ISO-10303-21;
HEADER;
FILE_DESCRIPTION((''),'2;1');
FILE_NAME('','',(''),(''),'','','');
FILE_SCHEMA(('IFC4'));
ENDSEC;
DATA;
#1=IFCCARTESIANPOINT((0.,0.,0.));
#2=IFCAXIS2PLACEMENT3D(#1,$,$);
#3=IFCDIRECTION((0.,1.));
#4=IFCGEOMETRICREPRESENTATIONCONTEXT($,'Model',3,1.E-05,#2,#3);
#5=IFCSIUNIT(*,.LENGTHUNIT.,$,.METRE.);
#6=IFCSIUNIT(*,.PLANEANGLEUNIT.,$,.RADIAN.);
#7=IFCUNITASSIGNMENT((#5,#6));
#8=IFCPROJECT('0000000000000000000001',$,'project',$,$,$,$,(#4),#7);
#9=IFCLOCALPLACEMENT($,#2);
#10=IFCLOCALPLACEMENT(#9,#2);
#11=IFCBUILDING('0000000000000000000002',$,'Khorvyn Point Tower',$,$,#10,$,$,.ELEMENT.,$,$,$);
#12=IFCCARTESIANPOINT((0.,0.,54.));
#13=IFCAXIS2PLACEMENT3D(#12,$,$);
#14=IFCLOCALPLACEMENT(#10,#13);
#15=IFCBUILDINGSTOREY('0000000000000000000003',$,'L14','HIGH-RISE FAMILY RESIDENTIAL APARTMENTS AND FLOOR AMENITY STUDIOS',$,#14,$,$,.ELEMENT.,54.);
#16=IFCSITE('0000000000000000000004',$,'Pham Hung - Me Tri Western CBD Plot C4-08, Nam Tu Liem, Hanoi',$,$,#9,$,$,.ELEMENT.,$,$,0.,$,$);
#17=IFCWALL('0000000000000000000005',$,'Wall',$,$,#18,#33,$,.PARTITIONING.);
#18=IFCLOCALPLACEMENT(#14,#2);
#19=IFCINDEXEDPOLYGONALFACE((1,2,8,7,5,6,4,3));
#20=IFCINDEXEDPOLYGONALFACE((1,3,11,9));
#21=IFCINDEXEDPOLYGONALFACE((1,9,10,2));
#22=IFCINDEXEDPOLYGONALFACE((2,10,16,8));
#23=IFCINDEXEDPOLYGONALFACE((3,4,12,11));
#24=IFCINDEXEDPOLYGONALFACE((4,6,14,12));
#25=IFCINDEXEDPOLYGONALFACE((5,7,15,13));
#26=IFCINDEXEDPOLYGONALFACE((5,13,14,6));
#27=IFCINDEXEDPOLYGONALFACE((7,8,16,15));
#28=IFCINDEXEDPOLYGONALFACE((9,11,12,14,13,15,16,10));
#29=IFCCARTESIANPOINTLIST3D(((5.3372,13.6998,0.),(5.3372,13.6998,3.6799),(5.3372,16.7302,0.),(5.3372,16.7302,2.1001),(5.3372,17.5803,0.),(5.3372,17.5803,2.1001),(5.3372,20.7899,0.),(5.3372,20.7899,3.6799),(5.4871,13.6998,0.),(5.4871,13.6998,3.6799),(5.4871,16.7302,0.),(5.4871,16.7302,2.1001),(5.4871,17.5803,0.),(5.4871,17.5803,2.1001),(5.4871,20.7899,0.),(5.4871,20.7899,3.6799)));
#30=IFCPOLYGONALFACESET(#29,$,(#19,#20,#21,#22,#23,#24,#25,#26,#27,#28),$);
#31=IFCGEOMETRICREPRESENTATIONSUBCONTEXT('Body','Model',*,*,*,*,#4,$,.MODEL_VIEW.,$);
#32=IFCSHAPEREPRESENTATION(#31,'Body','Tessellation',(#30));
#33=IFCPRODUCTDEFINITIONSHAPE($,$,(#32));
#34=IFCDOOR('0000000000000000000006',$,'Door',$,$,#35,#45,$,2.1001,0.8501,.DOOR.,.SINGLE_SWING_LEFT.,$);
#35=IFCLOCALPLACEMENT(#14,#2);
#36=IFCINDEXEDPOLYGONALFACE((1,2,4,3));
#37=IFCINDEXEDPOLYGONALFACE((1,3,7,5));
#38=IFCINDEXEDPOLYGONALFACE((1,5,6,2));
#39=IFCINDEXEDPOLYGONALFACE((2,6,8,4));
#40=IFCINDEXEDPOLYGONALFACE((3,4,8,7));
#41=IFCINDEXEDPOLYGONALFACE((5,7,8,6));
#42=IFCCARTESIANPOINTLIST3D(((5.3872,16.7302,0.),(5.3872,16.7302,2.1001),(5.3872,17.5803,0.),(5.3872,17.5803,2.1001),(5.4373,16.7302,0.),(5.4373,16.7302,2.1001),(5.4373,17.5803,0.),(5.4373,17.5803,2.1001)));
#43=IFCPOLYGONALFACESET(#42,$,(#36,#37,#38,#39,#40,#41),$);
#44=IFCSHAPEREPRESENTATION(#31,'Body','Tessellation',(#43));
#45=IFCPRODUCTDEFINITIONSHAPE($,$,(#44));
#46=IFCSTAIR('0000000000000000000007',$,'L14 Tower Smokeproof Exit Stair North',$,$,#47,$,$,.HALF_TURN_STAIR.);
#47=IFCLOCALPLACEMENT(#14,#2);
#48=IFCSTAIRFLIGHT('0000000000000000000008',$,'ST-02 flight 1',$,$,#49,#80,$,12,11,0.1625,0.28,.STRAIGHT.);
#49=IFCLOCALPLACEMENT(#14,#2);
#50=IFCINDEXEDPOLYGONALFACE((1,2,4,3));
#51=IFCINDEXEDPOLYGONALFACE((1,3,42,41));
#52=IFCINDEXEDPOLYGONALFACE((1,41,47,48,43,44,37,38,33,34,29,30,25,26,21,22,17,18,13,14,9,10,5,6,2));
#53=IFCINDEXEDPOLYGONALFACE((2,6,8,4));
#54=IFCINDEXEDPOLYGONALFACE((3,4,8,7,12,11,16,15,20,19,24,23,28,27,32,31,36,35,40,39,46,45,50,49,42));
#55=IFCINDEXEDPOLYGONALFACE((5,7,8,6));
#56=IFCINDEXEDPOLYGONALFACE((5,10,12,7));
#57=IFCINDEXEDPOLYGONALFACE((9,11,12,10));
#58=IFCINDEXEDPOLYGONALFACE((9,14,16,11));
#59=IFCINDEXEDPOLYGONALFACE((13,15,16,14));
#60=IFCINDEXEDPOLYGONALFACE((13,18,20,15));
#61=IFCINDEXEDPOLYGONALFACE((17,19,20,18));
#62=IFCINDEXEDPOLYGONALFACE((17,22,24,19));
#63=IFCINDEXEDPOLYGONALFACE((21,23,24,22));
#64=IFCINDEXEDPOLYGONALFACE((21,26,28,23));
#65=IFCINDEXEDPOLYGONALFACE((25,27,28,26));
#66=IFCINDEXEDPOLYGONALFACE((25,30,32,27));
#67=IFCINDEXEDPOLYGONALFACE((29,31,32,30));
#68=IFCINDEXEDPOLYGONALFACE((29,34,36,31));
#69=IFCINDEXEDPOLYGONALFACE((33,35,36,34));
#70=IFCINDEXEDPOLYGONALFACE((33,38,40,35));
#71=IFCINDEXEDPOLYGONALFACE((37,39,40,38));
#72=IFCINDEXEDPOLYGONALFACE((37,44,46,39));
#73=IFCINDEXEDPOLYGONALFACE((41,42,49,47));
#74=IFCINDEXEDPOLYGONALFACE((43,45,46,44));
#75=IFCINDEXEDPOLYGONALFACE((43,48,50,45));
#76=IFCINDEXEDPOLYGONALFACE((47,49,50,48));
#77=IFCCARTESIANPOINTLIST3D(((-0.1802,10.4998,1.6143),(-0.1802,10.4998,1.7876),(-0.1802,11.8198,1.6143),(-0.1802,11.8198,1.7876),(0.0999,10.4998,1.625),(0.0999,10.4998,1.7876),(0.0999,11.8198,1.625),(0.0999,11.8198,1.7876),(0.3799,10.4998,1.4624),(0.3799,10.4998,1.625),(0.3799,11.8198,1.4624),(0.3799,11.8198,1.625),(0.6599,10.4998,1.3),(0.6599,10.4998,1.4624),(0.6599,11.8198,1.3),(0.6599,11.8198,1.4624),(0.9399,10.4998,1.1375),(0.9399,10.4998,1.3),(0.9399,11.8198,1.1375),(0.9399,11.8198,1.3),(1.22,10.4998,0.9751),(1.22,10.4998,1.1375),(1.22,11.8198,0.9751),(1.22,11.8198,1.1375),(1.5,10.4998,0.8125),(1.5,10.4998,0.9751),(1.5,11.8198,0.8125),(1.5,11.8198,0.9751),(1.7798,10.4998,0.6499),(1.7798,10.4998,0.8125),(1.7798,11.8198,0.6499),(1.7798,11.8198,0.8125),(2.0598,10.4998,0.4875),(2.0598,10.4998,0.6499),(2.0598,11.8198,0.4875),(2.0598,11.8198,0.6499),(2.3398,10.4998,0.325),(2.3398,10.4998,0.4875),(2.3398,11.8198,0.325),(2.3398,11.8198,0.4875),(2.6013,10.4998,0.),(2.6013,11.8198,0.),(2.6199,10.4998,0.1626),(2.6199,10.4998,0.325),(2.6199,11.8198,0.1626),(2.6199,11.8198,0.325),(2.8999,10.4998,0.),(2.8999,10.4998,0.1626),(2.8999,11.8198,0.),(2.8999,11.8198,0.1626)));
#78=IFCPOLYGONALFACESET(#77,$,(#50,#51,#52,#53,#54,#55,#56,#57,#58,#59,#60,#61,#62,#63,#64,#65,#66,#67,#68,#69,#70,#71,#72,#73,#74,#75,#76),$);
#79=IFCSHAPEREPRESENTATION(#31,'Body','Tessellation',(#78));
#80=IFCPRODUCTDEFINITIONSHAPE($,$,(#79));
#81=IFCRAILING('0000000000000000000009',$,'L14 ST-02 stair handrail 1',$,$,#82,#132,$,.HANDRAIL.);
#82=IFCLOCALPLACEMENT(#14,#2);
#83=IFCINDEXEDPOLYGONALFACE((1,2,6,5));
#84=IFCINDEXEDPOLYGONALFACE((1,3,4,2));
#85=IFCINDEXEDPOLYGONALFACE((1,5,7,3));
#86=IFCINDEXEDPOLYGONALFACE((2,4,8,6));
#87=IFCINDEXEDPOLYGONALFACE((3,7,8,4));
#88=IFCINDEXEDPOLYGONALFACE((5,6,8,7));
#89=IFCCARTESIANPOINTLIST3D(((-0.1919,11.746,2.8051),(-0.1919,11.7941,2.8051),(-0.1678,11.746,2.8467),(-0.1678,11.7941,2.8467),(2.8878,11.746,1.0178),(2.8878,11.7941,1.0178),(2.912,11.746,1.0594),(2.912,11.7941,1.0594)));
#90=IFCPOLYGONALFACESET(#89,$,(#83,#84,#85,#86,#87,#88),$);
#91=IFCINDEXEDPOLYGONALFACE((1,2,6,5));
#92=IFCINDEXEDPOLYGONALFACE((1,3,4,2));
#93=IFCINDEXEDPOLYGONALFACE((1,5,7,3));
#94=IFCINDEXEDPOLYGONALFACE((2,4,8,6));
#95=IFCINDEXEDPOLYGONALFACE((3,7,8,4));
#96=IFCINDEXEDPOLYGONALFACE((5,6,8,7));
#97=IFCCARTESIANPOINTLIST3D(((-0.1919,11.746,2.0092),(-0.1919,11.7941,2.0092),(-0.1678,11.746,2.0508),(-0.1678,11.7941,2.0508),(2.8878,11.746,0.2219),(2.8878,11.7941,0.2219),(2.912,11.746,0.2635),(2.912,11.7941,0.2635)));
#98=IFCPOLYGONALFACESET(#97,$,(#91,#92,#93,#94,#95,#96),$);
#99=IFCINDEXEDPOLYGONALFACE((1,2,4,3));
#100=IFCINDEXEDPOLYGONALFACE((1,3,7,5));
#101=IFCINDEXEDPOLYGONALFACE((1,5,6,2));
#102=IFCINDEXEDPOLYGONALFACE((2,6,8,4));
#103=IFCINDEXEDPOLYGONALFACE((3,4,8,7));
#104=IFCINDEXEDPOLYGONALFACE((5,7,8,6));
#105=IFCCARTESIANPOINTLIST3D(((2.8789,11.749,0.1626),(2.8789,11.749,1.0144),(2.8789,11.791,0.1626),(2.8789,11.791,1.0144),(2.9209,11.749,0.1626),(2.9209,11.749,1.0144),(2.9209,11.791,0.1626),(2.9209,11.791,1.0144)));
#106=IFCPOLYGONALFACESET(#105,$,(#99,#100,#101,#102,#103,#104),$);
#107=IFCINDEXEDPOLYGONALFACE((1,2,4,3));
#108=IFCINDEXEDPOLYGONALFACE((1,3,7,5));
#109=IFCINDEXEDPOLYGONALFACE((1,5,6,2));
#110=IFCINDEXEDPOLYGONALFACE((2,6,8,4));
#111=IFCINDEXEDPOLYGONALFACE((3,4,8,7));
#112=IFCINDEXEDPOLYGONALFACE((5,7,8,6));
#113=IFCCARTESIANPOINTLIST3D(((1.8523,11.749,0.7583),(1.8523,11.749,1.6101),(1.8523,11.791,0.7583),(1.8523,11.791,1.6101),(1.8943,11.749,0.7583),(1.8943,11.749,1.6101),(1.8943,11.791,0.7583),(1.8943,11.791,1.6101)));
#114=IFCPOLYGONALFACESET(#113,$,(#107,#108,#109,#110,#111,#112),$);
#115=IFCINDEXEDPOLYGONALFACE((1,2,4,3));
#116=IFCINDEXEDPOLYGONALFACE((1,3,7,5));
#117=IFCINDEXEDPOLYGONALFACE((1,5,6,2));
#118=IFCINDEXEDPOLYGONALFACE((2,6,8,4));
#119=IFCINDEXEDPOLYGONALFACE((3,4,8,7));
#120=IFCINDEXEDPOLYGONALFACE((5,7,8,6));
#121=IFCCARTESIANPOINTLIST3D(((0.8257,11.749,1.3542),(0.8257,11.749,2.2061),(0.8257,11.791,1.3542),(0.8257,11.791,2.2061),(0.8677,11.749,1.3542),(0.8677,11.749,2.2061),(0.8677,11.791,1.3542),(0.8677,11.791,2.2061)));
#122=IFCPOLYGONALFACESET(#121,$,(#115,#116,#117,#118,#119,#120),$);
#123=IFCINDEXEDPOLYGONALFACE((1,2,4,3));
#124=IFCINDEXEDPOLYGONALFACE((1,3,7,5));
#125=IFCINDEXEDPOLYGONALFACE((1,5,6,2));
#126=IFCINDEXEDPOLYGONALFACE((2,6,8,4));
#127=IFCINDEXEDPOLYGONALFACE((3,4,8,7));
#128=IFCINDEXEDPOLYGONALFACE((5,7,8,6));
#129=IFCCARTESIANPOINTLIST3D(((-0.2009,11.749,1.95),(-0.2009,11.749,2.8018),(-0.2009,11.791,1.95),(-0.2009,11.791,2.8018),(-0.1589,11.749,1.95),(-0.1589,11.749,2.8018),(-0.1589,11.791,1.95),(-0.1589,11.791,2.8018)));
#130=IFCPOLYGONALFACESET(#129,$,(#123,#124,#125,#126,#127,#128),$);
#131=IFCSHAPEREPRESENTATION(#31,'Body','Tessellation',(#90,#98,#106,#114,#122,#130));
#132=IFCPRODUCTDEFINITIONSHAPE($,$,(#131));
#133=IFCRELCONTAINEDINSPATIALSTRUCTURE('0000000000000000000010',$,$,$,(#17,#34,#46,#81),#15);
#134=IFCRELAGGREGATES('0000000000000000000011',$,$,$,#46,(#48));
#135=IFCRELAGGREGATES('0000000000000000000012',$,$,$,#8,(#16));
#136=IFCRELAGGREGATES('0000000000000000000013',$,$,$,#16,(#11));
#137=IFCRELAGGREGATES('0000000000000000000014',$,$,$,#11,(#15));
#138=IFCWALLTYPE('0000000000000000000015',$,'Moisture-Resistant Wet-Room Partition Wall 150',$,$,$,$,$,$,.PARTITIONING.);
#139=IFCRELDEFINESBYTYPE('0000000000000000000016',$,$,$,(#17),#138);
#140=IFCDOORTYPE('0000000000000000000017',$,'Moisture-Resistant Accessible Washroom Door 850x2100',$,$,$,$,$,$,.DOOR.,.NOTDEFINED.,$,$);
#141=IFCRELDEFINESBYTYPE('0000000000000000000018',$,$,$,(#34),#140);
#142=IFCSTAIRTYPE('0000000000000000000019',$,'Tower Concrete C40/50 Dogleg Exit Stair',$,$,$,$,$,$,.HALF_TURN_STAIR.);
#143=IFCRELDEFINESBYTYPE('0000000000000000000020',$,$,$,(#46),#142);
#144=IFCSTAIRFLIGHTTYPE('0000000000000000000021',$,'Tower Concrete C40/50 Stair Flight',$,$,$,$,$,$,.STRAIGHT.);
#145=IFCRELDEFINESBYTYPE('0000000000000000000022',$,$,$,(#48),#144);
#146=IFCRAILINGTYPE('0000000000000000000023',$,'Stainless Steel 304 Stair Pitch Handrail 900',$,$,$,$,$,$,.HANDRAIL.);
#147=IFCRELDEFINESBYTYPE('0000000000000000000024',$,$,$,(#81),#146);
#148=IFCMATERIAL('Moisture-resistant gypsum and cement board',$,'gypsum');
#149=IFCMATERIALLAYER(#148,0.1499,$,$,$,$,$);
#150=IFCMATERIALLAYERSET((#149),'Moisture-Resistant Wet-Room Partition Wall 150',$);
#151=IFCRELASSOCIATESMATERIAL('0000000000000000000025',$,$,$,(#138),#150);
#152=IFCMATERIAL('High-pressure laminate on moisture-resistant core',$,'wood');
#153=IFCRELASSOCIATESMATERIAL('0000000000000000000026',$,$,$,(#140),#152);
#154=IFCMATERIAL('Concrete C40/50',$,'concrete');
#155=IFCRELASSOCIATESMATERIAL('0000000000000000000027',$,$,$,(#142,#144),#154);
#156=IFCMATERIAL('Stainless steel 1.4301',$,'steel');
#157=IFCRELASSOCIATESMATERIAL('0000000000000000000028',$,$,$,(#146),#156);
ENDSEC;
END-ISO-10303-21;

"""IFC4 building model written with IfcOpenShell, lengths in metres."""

from ifc_helpers import new_model, si_unit, direction, frame, frame_2d, origin, origin_2d, place, context, subcontext, project, spatial, polyline, rectangle, outline, extrude, material, layer, layer_set, type_object, element, fill, aggregate, save


model = new_model("IFC4")

# Units and contexts
model_context = context("Model", 3, precision=1e-05, world=origin(), true_north=direction((0.0, 1.0)))
body_context = subcontext(model_context, "Body", "Model", "MODEL_VIEW")
ifc_project = project(units=[si_unit("LENGTHUNIT", "METRE"), si_unit("PLANEANGLEUNIT", "RADIAN")], contexts=[model_context])

# Site, building, storey
site_placement = place(None, origin())
site = spatial("IfcSite", under=ifc_project, at=site_placement, Name="Pham Hung - Me Tri Western CBD Plot C4-08, Nam Tu Liem, Hanoi", CompositionType="ELEMENT", RefElevation=0.0)
building_placement = place(site_placement, origin())
building = spatial("IfcBuilding", under=site, at=building_placement, Name="Khorvyn Point Tower", CompositionType="ELEMENT")
storey_placement = place(building_placement, frame((0.0, 0.0, 54.0)))
storey = spatial("IfcBuildingStorey", under=building, at=storey_placement, Name="L14", Description="HIGH-RISE FAMILY RESIDENTIAL APARTMENTS AND FLOOR AMENITY STUDIOS", CompositionType="ELEMENT", Elevation=54.0)

# Wall, opening, door
ifc_material_1 = material(Name="Concrete C40/50", Category="concrete")
ifc_material_2 = material(Name="Moisture-resistant gypsum and cement board", Category="gypsum")
ifc_layer_1 = layer(ifc_material_2, 0.1499)
ifc_layer_set_1 = layer_set([ifc_layer_1], Name="Moisture-Resistant Wet-Room Partition Wall 150")
wall_type_1 = type_object("IfcWallType", Name="Moisture-Resistant Wet-Room Partition Wall 150", PredefinedType="PARTITIONING", material=ifc_layer_set_1)
wall_1_placement = place(storey_placement, frame((5.4121, 13.7, 0.0), z_axis=(0.0, 0.0, 1.0), x_axis=(0.0, 1.0, 0.0)))
wall_1 = element("IfcWall", 1, at=wall_1_placement, inside=storey, type_object=wall_type_1, Name="Wall", PredefinedType="PARTITIONING", context=body_context, shape_type="SweptSolid", body=[
    extrude(rectangle(XDim=7.0901, YDim=0.1499, at=frame_2d((3.5449, 0.0))), origin(), (0.0, 0.0, 1.0), 3.6799),
])
opening_1_placement = place(wall_1_placement, frame((3.0303, 0.0, 0.0)))
opening_1 = element("IfcOpeningElement", 2, at=opening_1_placement, cuts=wall_1, PredefinedType="OPENING", context=body_context, shape_type="SweptSolid", body=[
    extrude(rectangle(XDim=0.8501, YDim=2.1001, at=frame_2d((0.425, 1.05))), frame((0.0, 0.085, 0.0), z_axis=(0.0, -1.0, 0.0), x_axis=(1.0, 0.0, 0.0)), (0.0, 0.0, 1.0), 0.1699),
])
ifc_material_3 = material(Name="High-pressure laminate on moisture-resistant core", Category="wood")
door_type_1 = type_object("IfcDoorType", Name="Moisture-Resistant Accessible Washroom Door 850x2100", OperationType="NOTDEFINED", PredefinedType="DOOR", material=ifc_material_3)
door_1_placement = place(opening_1_placement, origin())
door_1 = element("IfcDoor", 3, at=door_1_placement, inside=storey, type_object=door_type_1, Name="Door", OperationType="SINGLE_SWING_LEFT", OverallHeight=2.1001, OverallWidth=0.8501, PredefinedType="DOOR", context=body_context, shape_type="SweptSolid", body=[
    extrude(rectangle(XDim=0.8501, YDim=2.1001, at=frame_2d((0.425, 1.05))), frame((0.0, 0.0249, 0.0), z_axis=(0.0, -1.0, 0.0), x_axis=(1.0, 0.0, 0.0)), (0.0, 0.0, 1.0), 0.05),
])
fill(opening_1, door_1)

# Stair, stair flight
stair_type = type_object("IfcStairType", Name="Tower Concrete C40/50 Dogleg Exit Stair", PredefinedType="HALF_TURN_STAIR", material=ifc_material_1)
stair_placement = place(storey_placement, origin())
stair = element("IfcStair", 4, at=stair_placement, inside=storey, type_object=stair_type, Name="L14 Tower Smokeproof Exit Stair North", PredefinedType="HALF_TURN_STAIR")
stair_flight_type = type_object("IfcStairFlightType", Name="Tower Concrete C40/50 Stair Flight", PredefinedType="STRAIGHT", material=ifc_material_1)
stair_flight_placement = place(storey_placement, frame((2.8999, 11.1599, 0.0), z_axis=(0.0, 0.0, 1.0), x_axis=(-1.0, 0.0, 0.0)))
stair_flight = element("IfcStairFlight", 5, at=stair_flight_placement, type_object=stair_flight_type, Name="ST-02 flight 1", NumberOfRisers=12, NumberOfTreads=11, PredefinedType="STRAIGHT", RiserHeight=0.1625, TreadLength=0.28, context=body_context, shape_type="SweptSolid", body=[
    extrude(outline(polyline([(0.0, 0.0), (0.0, 0.1626), (0.28, 0.1626), (0.28, 0.325), (0.5601, 0.325), (0.5601, 0.4875), (0.8401, 0.4875), (0.8401, 0.6499), (1.1201, 0.6499), (1.1201, 0.8125), (1.3999, 0.8125), (1.3999, 0.9751), (1.6799, 0.9751), (1.6799, 1.1375), (1.96, 1.1375), (1.96, 1.3), (2.24, 1.3), (2.24, 1.4624), (2.52, 1.4624), (2.52, 1.625), (2.8, 1.625), (2.8, 1.7876), (3.0801, 1.7876), (3.0801, 1.95), (3.0801, 1.6143), (0.2986, 0.0), (0.0, 0.0)])), frame((0.0, 0.6602, 0.0), z_axis=(0.0, -1.0, 0.0), x_axis=(1.0, 0.0, 0.0)), (0.0, 0.0, 1.0), 1.3201),
])
aggregate(stair, [stair_flight])

# Railing
ifc_material_4 = material(Name="Stainless steel 1.4301", Category="steel")
railing_type = type_object("IfcRailingType", Name="Stainless Steel 304 Stair Pitch Handrail 900", PredefinedType="HANDRAIL", material=ifc_material_4)
railing_placement = place(storey_placement, frame((2.8999, 11.77, 0.1626)))
element("IfcRailing", 6, at=railing_placement, inside=storey, type_object=railing_type, Name="L14 ST-02 stair handrail 1", PredefinedType="HANDRAIL", context=body_context, shape_type="SweptSolid", body=[
    extrude(rectangle(XDim=0.0481, YDim=0.0481, at=origin_2d()), frame((0.0, 0.0, 0.876), z_axis=(-0.864903, 0.0, 0.501939), x_axis=(0.0, -1.0, 0.0)), (0.0, 0.0, 1.0), 3.5608),
    extrude(rectangle(XDim=0.0481, YDim=0.0481, at=origin_2d()), frame((0.0, 0.0, 0.0801), z_axis=(-0.864903, 0.0, 0.501939), x_axis=(0.0, -1.0, 0.0)), (0.0, 0.0, 1.0), 3.5608),
    extrude(rectangle(XDim=0.042, YDim=0.042, at=origin_2d()), origin(), (0.0, 0.0, 1.0), 0.8518),
    extrude(rectangle(XDim=0.042, YDim=0.042, at=origin_2d()), frame((-1.0266, 0.0, 0.5957)), (0.0, 0.0, 1.0), 0.8518),
    extrude(rectangle(XDim=0.042, YDim=0.042, at=origin_2d()), frame((-2.0532, 0.0, 1.1917)), (0.0, 0.0, 1.0), 0.8518),
    extrude(rectangle(XDim=0.042, YDim=0.042, at=origin_2d()), frame((-3.0798, 0.0, 1.7874)), (0.0, 0.0, 1.0), 0.8518),
])

save(model, "model.ifc")
